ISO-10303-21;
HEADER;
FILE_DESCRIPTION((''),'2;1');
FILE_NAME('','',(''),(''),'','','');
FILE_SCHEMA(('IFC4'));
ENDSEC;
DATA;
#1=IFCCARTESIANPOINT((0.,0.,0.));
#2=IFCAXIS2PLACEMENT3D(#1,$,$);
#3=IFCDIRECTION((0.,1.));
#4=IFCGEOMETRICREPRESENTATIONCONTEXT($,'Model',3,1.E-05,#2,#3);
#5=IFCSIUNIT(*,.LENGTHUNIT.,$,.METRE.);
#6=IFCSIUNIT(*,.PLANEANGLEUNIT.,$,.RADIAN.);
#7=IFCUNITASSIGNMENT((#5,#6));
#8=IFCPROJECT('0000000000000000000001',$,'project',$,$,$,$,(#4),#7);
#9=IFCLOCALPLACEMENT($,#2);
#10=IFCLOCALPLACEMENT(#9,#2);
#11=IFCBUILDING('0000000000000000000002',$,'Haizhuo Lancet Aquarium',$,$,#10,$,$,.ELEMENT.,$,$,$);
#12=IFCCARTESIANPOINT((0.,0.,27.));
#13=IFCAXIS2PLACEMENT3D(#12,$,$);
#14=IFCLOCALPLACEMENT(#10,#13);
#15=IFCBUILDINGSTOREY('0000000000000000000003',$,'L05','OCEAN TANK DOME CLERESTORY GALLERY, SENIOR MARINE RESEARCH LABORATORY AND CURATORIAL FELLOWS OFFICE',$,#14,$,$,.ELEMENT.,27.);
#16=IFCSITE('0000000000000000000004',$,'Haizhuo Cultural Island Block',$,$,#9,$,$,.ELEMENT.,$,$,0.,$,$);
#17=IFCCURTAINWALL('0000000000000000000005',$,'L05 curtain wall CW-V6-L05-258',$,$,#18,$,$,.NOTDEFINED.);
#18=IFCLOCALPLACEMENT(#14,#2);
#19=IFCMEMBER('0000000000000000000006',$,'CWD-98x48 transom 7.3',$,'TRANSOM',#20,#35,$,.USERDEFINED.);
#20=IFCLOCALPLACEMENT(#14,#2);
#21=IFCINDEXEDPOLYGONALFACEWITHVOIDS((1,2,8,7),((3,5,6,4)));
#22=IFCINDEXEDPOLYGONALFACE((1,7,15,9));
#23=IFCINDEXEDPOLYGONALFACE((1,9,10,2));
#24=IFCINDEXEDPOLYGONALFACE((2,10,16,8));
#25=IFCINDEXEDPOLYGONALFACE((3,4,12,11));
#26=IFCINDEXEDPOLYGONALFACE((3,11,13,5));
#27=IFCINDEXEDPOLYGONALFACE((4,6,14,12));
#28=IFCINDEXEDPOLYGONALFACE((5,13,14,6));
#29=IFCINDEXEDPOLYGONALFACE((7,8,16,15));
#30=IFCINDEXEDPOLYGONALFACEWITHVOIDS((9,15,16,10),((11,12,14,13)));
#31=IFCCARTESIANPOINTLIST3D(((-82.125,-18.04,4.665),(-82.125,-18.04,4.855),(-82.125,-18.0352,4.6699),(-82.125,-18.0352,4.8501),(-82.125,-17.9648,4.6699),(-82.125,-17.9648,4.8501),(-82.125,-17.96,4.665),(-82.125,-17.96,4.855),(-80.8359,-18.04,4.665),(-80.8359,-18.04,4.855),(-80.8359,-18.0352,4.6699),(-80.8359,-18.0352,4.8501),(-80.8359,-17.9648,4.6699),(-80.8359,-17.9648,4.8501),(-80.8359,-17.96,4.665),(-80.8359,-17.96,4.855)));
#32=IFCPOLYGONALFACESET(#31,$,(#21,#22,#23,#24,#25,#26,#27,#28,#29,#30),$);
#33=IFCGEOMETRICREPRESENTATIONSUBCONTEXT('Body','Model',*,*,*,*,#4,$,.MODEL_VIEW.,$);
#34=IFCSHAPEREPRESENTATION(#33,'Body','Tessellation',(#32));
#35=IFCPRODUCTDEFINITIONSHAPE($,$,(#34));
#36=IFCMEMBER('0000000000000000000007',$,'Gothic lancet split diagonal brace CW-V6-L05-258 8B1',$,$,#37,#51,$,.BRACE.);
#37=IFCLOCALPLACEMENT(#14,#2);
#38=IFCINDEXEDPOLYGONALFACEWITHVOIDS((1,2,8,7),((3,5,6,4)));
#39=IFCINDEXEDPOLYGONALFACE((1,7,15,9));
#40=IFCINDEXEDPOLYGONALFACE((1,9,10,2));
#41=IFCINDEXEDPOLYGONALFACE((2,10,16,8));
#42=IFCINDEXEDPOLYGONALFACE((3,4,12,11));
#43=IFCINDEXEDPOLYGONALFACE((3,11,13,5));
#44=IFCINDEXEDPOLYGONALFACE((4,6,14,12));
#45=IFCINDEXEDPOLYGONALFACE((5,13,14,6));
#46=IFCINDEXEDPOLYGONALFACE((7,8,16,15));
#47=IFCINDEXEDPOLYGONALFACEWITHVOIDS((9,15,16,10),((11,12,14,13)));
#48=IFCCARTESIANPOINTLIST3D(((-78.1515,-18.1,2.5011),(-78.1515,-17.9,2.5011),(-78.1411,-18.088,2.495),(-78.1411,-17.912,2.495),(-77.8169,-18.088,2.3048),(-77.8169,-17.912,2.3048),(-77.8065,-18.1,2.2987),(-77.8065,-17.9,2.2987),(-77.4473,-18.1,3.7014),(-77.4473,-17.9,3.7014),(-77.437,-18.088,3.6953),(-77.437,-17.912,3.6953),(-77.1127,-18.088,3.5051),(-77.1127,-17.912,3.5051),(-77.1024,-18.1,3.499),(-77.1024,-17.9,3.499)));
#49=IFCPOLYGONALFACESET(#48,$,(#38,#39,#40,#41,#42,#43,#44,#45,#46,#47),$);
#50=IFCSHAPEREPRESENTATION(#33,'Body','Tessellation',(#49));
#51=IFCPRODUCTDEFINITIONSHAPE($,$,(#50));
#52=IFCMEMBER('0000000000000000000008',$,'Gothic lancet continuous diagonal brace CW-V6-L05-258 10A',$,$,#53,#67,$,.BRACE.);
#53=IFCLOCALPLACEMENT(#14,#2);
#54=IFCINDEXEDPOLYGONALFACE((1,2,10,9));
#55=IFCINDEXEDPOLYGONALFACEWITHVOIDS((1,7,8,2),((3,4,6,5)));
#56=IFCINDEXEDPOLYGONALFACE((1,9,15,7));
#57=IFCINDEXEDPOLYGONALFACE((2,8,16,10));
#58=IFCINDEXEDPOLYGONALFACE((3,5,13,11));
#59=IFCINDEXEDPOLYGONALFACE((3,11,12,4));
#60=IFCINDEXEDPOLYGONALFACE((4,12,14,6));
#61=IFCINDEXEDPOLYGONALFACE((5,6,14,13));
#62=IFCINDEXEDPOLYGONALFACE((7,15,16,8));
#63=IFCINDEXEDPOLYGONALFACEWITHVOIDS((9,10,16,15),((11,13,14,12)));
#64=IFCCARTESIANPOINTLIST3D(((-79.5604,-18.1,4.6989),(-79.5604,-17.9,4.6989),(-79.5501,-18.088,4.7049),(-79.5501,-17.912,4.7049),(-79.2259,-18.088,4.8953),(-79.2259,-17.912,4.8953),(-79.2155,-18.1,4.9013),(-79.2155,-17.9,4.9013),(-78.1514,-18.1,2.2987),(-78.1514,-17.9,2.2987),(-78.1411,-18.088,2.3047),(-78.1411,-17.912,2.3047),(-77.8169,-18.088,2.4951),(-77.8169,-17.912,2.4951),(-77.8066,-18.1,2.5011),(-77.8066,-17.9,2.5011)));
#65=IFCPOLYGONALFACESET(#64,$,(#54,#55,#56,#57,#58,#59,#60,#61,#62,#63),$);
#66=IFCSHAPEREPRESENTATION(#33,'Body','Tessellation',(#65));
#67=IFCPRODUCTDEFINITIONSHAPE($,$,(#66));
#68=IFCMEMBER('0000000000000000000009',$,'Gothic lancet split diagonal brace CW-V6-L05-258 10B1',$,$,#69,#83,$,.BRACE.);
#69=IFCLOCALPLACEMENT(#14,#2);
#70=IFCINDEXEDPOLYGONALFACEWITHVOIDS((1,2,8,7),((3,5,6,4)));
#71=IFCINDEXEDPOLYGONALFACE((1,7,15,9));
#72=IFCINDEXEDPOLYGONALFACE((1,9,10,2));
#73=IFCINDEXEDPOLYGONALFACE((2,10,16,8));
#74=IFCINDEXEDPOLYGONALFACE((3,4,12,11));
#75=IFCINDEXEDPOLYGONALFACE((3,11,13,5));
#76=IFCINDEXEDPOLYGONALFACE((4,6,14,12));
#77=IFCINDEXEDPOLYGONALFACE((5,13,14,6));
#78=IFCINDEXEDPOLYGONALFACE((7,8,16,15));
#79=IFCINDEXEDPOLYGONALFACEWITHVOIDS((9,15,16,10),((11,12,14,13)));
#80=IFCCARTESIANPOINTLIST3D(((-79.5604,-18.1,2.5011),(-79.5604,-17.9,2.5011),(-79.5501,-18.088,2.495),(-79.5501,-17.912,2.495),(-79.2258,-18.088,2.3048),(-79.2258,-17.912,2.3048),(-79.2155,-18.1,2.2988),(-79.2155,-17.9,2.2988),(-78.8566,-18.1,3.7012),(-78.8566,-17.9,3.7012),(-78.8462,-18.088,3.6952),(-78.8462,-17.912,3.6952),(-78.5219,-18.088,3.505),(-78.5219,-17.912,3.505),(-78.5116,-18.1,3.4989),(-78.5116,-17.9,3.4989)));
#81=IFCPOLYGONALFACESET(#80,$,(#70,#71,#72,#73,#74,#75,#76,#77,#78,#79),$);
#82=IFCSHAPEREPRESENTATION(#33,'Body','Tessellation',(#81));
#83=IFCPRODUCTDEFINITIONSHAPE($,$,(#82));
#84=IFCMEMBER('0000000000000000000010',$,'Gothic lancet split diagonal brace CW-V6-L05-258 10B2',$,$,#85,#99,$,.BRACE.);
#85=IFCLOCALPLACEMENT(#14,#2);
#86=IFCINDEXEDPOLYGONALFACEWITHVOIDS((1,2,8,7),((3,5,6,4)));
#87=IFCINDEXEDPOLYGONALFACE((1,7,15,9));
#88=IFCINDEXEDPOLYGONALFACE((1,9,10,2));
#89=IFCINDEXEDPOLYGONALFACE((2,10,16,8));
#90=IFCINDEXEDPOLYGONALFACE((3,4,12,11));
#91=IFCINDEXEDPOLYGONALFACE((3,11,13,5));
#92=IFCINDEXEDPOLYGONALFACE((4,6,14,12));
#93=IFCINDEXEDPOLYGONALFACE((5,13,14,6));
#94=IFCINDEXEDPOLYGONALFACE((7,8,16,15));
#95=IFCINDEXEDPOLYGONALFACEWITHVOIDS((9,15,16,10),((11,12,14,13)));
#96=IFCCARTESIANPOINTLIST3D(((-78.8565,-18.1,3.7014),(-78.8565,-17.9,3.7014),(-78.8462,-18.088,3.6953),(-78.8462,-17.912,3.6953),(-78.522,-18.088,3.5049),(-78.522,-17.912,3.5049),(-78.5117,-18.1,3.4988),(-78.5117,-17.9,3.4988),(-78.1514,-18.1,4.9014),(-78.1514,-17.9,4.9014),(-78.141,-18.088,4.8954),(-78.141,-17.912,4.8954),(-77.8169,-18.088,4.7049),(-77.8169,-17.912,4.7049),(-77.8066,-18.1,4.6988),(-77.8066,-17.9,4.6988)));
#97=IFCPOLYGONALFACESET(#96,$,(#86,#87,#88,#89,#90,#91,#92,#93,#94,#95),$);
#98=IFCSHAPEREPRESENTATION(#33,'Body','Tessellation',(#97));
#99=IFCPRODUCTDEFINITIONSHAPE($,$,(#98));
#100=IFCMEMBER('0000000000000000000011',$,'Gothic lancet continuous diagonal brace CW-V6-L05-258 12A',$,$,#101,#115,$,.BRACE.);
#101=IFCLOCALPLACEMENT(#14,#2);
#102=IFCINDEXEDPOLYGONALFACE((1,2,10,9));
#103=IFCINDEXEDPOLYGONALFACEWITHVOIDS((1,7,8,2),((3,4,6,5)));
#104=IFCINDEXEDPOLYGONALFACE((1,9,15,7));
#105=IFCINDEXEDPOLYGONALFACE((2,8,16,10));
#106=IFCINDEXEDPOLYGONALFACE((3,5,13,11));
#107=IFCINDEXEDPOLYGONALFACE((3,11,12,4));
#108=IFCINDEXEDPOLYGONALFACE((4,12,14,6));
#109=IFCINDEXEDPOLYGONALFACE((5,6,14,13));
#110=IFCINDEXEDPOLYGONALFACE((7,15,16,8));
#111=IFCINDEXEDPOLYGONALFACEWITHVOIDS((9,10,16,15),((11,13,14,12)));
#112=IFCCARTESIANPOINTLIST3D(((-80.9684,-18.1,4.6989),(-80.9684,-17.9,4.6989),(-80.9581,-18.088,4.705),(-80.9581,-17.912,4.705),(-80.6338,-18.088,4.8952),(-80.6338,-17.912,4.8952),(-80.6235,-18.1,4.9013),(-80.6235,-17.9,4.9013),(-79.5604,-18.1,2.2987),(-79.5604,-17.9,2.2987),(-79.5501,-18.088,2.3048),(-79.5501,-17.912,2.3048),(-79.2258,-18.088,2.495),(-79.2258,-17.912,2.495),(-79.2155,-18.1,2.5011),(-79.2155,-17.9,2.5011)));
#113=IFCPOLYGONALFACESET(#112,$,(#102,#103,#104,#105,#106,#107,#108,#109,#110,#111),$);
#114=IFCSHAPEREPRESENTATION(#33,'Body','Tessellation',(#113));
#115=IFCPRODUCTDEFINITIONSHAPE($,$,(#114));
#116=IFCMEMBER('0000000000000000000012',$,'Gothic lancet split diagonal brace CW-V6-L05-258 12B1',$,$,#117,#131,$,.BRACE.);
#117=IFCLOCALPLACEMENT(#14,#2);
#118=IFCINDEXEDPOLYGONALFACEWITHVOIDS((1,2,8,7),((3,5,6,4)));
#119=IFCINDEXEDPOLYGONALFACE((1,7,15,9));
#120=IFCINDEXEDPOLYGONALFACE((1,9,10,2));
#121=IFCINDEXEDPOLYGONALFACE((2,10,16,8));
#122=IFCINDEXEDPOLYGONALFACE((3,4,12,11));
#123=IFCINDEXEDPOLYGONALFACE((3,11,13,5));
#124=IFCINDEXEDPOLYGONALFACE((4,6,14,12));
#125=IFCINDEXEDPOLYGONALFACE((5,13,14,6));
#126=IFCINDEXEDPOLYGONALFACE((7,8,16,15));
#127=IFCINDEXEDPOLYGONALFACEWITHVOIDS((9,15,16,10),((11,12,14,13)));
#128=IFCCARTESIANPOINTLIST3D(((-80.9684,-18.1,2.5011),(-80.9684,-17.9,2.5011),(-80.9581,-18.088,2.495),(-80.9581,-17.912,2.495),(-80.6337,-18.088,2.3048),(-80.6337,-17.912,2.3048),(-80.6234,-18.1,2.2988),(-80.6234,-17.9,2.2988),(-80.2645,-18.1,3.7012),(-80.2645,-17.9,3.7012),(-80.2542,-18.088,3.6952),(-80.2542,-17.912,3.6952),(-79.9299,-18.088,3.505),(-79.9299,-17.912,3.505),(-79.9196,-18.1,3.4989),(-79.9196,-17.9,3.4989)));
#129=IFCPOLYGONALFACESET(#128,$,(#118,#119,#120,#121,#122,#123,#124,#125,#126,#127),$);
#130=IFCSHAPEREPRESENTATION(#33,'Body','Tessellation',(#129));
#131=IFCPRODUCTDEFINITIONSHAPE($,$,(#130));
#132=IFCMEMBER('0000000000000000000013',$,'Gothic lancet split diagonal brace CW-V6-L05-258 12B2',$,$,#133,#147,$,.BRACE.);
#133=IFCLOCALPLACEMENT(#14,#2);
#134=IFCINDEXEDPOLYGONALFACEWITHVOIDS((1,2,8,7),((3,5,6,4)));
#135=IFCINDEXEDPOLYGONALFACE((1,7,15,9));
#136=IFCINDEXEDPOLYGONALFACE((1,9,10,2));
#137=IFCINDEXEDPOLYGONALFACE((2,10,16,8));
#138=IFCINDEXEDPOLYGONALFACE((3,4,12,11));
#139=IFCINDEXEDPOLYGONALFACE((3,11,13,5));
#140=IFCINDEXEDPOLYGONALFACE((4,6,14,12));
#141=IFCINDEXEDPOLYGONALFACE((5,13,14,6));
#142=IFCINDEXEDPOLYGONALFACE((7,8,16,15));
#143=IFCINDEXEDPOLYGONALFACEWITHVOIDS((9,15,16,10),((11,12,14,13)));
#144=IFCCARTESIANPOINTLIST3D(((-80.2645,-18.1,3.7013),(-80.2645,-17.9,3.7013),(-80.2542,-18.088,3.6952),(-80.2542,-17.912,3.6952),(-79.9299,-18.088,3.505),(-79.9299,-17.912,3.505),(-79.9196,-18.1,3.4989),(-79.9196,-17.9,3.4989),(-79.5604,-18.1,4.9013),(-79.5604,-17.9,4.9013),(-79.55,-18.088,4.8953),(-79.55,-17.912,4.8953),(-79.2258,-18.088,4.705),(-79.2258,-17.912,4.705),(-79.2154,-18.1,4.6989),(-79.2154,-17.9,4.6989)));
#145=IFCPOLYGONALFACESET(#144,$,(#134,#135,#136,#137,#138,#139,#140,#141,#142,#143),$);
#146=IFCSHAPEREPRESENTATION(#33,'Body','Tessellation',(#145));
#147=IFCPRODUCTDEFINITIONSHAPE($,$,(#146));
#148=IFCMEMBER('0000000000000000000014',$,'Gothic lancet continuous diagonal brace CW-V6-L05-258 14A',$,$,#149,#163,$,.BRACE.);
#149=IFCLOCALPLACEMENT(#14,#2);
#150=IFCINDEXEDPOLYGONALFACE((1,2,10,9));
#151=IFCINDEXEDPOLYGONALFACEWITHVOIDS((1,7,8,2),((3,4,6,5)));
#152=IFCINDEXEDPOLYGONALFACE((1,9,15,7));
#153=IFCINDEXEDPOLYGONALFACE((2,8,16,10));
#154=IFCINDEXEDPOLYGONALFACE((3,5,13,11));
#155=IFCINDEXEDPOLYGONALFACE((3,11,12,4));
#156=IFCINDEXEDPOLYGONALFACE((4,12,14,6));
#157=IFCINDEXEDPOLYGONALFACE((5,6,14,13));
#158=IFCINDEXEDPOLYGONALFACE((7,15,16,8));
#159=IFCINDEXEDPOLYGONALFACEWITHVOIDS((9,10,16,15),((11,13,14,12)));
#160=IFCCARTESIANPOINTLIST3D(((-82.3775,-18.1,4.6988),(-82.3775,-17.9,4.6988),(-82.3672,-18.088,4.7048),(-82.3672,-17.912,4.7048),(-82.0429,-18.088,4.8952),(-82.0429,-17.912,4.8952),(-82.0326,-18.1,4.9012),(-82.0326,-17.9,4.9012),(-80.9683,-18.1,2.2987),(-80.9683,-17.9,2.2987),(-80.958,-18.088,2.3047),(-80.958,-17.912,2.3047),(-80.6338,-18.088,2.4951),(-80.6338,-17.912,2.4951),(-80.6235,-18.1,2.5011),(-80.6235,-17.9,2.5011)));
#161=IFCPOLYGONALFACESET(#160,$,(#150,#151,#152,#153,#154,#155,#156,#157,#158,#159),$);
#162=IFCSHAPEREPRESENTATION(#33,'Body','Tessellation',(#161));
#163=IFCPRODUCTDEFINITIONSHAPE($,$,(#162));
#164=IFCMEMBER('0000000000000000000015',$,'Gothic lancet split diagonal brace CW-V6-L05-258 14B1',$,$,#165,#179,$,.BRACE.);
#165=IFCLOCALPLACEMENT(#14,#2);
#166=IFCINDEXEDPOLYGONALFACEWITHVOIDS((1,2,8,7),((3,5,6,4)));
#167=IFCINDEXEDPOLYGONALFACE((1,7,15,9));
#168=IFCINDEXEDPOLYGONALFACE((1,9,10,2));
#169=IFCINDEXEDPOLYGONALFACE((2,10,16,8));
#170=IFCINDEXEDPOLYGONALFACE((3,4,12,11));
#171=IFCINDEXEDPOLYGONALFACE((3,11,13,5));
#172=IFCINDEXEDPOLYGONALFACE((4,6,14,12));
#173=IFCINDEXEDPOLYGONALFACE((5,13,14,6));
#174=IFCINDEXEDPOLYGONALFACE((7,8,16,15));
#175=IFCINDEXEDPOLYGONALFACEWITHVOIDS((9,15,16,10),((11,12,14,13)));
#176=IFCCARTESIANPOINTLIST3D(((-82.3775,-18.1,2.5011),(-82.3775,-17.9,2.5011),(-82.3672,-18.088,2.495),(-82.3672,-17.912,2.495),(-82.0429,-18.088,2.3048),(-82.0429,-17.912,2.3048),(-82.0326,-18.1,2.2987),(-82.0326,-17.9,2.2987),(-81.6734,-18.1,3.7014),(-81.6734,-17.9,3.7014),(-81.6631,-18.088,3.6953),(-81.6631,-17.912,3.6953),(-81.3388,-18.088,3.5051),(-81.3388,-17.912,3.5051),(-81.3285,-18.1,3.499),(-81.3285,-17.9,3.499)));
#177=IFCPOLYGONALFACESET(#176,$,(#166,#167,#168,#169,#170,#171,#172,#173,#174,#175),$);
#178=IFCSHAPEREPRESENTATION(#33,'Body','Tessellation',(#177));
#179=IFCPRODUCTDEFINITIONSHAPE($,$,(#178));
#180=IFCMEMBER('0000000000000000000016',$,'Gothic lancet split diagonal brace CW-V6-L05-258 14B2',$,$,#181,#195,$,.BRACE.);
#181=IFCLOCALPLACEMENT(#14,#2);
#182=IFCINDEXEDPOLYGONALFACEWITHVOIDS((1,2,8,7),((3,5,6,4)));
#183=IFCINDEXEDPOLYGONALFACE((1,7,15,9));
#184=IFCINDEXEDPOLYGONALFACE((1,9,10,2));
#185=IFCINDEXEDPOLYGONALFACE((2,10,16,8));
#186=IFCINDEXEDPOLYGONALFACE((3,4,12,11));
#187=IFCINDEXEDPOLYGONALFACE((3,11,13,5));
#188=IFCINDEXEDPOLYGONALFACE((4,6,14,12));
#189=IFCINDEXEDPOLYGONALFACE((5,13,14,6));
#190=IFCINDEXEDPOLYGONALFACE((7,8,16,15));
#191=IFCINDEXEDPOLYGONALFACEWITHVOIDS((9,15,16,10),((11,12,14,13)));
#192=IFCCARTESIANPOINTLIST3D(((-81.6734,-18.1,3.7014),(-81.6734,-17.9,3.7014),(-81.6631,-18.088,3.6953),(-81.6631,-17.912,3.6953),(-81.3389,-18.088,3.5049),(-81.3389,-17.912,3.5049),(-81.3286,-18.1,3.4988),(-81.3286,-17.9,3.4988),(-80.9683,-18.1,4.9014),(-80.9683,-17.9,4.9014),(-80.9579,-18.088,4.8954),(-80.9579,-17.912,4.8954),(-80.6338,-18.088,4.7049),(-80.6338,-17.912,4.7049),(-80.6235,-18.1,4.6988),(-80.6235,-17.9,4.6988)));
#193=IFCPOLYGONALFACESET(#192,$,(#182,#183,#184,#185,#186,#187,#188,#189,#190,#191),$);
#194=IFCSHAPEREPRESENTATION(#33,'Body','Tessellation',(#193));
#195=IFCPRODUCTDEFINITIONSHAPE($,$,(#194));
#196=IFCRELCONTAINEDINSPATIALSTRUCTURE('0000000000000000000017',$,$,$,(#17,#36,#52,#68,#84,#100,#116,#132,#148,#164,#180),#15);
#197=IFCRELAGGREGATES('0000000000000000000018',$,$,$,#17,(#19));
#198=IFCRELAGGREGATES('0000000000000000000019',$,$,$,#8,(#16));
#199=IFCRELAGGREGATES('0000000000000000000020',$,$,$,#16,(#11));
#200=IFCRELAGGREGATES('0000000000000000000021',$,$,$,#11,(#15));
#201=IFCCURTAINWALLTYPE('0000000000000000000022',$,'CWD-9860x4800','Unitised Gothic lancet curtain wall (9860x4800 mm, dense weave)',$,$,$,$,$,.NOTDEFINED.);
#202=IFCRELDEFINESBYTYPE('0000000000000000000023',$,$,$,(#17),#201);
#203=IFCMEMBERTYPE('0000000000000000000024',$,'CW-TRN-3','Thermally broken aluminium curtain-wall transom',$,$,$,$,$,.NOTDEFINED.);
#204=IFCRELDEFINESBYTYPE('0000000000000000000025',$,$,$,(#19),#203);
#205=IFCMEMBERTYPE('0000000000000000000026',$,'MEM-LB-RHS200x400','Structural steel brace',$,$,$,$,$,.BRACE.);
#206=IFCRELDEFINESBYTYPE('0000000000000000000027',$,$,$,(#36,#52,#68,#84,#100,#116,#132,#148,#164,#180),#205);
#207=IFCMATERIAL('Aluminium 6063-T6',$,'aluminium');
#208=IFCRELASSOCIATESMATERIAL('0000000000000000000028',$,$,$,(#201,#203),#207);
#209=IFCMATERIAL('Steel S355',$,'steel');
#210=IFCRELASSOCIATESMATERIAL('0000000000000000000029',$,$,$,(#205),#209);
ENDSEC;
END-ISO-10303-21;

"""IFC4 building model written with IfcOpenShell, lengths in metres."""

from ifc_helpers import new_model, si_unit, direction, frame, origin, origin_2d, place, context, subcontext, project, spatial, hollow_rectangle, extrude, material, material_profile, profile_set, type_object, element, aggregate, save


model = new_model("IFC4")

# Units and contexts
model_context = context("Model", 3, precision=1e-05, world=origin(), true_north=direction((0.0, 1.0)))
body_context = subcontext(model_context, "Body", "Model", "MODEL_VIEW")
ifc_project = project(units=[si_unit("LENGTHUNIT", "METRE"), si_unit("PLANEANGLEUNIT", "RADIAN")], contexts=[model_context])

# Site, building, storey
site_placement = place(None, origin())
site = spatial("IfcSite", under=ifc_project, at=site_placement, Name="Haizhuo Cultural Island Block", CompositionType="ELEMENT", RefElevation=0.0)
building_placement = place(site_placement, origin())
building = spatial("IfcBuilding", under=site, at=building_placement, Name="Haizhuo Lancet Aquarium", CompositionType="ELEMENT")
storey_placement = place(building_placement, frame((0.0, 0.0, 27.0)))
storey = spatial("IfcBuildingStorey", under=building, at=storey_placement, Name="L05", Description="OCEAN TANK DOME CLERESTORY GALLERY, SENIOR MARINE RESEARCH LABORATORY AND CURATORIAL FELLOWS OFFICE", CompositionType="ELEMENT", Elevation=27.0)

# Shared definitions
ifc_material_1 = material(Name="Steel S355", Category="steel")

# Curtain wall, member
ifc_material_2 = material(Name="Aluminium 6063-T6", Category="aluminium")
curtain_wall_type = type_object("IfcCurtainWallType", Name="CWD-9860x4800", Description="Unitised Gothic lancet curtain wall (9860x4800 mm, dense weave)", PredefinedType="NOTDEFINED", material=ifc_material_2)
curtain_wall_placement = place(storey_placement, origin())
curtain_wall = element("IfcCurtainWall", 1, at=curtain_wall_placement, inside=storey, type_object=curtain_wall_type, Name="L05 curtain wall CW-V6-L05-258", PredefinedType="NOTDEFINED")
ifc_material_profile_1 = material_profile(ifc_material_2, hollow_rectangle(XDim=0.0801, YDim=0.1899, WallThickness=0.0049, at=origin_2d()), Name="ALU-T 80x190x5")
ifc_profile_set_1 = profile_set([ifc_material_profile_1], Name="Aluminium 6063-T6")
member_type_1 = type_object("IfcMemberType", Name="CW-TRN-3", Description="Thermally broken aluminium curtain-wall transom", PredefinedType="NOTDEFINED", material=ifc_profile_set_1)
member_1_placement = place(storey_placement, frame((-80.8359, -18.0, 4.76), z_axis=(-1.0, 0.0, 0.0), x_axis=(0.0, -1.0, 0.0)))
member_1 = element("IfcMember", 2, at=member_1_placement, type_object=member_type_1, Name="CWD-98x48 transom 7.3", ObjectType="TRANSOM", PredefinedType="USERDEFINED", context=body_context, shape_type="SweptSolid", body=[
    extrude(hollow_rectangle(XDim=0.0801, YDim=0.1899, WallThickness=0.0049, at=origin_2d()), origin(), (0.0, 0.0, 1.0), 1.2891),
])

# Members
ifc_material_profile_2 = material_profile(ifc_material_1, hollow_rectangle(XDim=0.2, YDim=0.3999, WallThickness=0.012, at=origin_2d()), Name="RHS 200x400x12")
ifc_profile_set_2 = profile_set([ifc_material_profile_2], Name="Steel S355")
member_type_2 = type_object("IfcMemberType", Name="MEM-LB-RHS200x400", Description="Structural steel brace", PredefinedType="BRACE", material=ifc_profile_set_2)
member_2_placement = place(storey_placement, frame((-77.979, -18.0, 2.3999), z_axis=(0.506008, 0.0, 0.862529), x_axis=(0.0, 1.0, 0.0)))
element("IfcMember", 3, at=member_2_placement, inside=storey, type_object=member_type_2, Name="Gothic lancet split diagonal brace CW-V6-L05-258 8B1", PredefinedType="BRACE", context=body_context, shape_type="SweptSolid", body=[
    extrude(hollow_rectangle(XDim=0.2, YDim=0.3999, WallThickness=0.012, at=origin_2d()), origin(), (0.0, 0.0, 1.0), 1.3916),
])
member_3_placement = place(storey_placement, frame((-77.979, -18.0, 2.3999), z_axis=(-0.506242, 0.0, 0.862392), x_axis=(0.0, -1.0, 0.0)))
element("IfcMember", 4, at=member_3_placement, inside=storey, type_object=member_type_2, Name="Gothic lancet continuous diagonal brace CW-V6-L05-258 10A", PredefinedType="BRACE", context=body_context, shape_type="SweptSolid", body=[
    extrude(hollow_rectangle(XDim=0.2, YDim=0.3999, WallThickness=0.012, at=origin_2d()), origin(), (0.0, 0.0, 1.0), 2.7832),
])
member_4_placement = place(storey_placement, frame((-79.3879, -18.0, 2.3999), z_axis=(0.505877, 0.0, 0.862606), x_axis=(0.0, 1.0, 0.0)))
element("IfcMember", 5, at=member_4_placement, inside=storey, type_object=member_type_2, Name="Gothic lancet split diagonal brace CW-V6-L05-258 10B1", PredefinedType="BRACE", context=body_context, shape_type="SweptSolid", body=[
    extrude(hollow_rectangle(XDim=0.2, YDim=0.3999, WallThickness=0.012, at=origin_2d()), origin(), (0.0, 0.0, 1.0), 1.3914),
])
member_5_placement = place(storey_placement, frame((-78.6841, -18.0, 3.6001), z_axis=(0.506606, 0.0, 0.862178), x_axis=(0.0, 1.0, 0.0)))
element("IfcMember", 6, at=member_5_placement, inside=storey, type_object=member_type_2, Name="Gothic lancet split diagonal brace CW-V6-L05-258 10B2", PredefinedType="BRACE", context=body_context, shape_type="SweptSolid", body=[
    extrude(hollow_rectangle(XDim=0.2, YDim=0.3999, WallThickness=0.012, at=origin_2d()), origin(), (0.0, 0.0, 1.0), 1.3918),
])
member_6_placement = place(storey_placement, frame((-79.3879, -18.0, 2.3999), z_axis=(-0.505981, 0.0, 0.862545), x_axis=(0.0, -1.0, 0.0)))
element("IfcMember", 7, at=member_6_placement, inside=storey, type_object=member_type_2, Name="Gothic lancet continuous diagonal brace CW-V6-L05-258 12A", PredefinedType="BRACE", context=body_context, shape_type="SweptSolid", body=[
    extrude(hollow_rectangle(XDim=0.2, YDim=0.3999, WallThickness=0.012, at=origin_2d()), origin(), (0.0, 0.0, 1.0), 2.7827),
])
for number, where, z_axis, x_axis, name in (
    (8, (-80.7959, -18.0, 2.3999), (0.505877, 0.0, 0.862606), (0.0, 1.0, 0.0), "Gothic lancet split diagonal brace CW-V6-L05-258 12B1"),
    (9, (-80.092, -18.0, 3.6001), (0.506084, 0.0, 0.862484), (0.0, 1.0, 0.0), "Gothic lancet split diagonal brace CW-V6-L05-258 12B2"),
):
    element("IfcMember", number, at=place(storey_placement, frame(where, z_axis=z_axis, x_axis=x_axis)), inside=storey, type_object=member_type_2, Name=name, PredefinedType="BRACE", context=body_context, shape_type="SweptSolid", body=[
        extrude(hollow_rectangle(XDim=0.2, YDim=0.3999, WallThickness=0.012, at=origin_2d()), origin(), (0.0, 0.0, 1.0), 1.3914),
    ])
member_7_placement = place(storey_placement, frame((-80.7959, -18.0, 2.3999), z_axis=(-0.506307, 0.0, 0.862353), x_axis=(0.0, -1.0, 0.0)))
element("IfcMember", 10, at=member_7_placement, inside=storey, type_object=member_type_2, Name="Gothic lancet continuous diagonal brace CW-V6-L05-258 14A", PredefinedType="BRACE", context=body_context, shape_type="SweptSolid", body=[
    extrude(hollow_rectangle(XDim=0.2, YDim=0.3999, WallThickness=0.012, at=origin_2d()), origin(), (0.0, 0.0, 1.0), 2.7832),
])
member_8_placement = place(storey_placement, frame((-82.2051, -18.0, 2.3999), z_axis=(0.506008, 0.0, 0.862529), x_axis=(0.0, 1.0, 0.0)))
element("IfcMember", 11, at=member_8_placement, inside=storey, type_object=member_type_2, Name="Gothic lancet split diagonal brace CW-V6-L05-258 14B1", PredefinedType="BRACE", context=body_context, shape_type="SweptSolid", body=[
    extrude(hollow_rectangle(XDim=0.2, YDim=0.3999, WallThickness=0.012, at=origin_2d()), origin(), (0.0, 0.0, 1.0), 1.3916),
])
member_9_placement = place(storey_placement, frame((-81.501, -18.0, 3.6001), z_axis=(0.506606, 0.0, 0.862178), x_axis=(0.0, 1.0, 0.0)))
element("IfcMember", 12, at=member_9_placement, inside=storey, type_object=member_type_2, Name="Gothic lancet split diagonal brace CW-V6-L05-258 14B2", PredefinedType="BRACE", context=body_context, shape_type="SweptSolid", body=[
    extrude(hollow_rectangle(XDim=0.2, YDim=0.3999, WallThickness=0.012, at=origin_2d()), origin(), (0.0, 0.0, 1.0), 1.3918),
])

aggregate(curtain_wall, [member_1])

save(model, "model.ifc")
